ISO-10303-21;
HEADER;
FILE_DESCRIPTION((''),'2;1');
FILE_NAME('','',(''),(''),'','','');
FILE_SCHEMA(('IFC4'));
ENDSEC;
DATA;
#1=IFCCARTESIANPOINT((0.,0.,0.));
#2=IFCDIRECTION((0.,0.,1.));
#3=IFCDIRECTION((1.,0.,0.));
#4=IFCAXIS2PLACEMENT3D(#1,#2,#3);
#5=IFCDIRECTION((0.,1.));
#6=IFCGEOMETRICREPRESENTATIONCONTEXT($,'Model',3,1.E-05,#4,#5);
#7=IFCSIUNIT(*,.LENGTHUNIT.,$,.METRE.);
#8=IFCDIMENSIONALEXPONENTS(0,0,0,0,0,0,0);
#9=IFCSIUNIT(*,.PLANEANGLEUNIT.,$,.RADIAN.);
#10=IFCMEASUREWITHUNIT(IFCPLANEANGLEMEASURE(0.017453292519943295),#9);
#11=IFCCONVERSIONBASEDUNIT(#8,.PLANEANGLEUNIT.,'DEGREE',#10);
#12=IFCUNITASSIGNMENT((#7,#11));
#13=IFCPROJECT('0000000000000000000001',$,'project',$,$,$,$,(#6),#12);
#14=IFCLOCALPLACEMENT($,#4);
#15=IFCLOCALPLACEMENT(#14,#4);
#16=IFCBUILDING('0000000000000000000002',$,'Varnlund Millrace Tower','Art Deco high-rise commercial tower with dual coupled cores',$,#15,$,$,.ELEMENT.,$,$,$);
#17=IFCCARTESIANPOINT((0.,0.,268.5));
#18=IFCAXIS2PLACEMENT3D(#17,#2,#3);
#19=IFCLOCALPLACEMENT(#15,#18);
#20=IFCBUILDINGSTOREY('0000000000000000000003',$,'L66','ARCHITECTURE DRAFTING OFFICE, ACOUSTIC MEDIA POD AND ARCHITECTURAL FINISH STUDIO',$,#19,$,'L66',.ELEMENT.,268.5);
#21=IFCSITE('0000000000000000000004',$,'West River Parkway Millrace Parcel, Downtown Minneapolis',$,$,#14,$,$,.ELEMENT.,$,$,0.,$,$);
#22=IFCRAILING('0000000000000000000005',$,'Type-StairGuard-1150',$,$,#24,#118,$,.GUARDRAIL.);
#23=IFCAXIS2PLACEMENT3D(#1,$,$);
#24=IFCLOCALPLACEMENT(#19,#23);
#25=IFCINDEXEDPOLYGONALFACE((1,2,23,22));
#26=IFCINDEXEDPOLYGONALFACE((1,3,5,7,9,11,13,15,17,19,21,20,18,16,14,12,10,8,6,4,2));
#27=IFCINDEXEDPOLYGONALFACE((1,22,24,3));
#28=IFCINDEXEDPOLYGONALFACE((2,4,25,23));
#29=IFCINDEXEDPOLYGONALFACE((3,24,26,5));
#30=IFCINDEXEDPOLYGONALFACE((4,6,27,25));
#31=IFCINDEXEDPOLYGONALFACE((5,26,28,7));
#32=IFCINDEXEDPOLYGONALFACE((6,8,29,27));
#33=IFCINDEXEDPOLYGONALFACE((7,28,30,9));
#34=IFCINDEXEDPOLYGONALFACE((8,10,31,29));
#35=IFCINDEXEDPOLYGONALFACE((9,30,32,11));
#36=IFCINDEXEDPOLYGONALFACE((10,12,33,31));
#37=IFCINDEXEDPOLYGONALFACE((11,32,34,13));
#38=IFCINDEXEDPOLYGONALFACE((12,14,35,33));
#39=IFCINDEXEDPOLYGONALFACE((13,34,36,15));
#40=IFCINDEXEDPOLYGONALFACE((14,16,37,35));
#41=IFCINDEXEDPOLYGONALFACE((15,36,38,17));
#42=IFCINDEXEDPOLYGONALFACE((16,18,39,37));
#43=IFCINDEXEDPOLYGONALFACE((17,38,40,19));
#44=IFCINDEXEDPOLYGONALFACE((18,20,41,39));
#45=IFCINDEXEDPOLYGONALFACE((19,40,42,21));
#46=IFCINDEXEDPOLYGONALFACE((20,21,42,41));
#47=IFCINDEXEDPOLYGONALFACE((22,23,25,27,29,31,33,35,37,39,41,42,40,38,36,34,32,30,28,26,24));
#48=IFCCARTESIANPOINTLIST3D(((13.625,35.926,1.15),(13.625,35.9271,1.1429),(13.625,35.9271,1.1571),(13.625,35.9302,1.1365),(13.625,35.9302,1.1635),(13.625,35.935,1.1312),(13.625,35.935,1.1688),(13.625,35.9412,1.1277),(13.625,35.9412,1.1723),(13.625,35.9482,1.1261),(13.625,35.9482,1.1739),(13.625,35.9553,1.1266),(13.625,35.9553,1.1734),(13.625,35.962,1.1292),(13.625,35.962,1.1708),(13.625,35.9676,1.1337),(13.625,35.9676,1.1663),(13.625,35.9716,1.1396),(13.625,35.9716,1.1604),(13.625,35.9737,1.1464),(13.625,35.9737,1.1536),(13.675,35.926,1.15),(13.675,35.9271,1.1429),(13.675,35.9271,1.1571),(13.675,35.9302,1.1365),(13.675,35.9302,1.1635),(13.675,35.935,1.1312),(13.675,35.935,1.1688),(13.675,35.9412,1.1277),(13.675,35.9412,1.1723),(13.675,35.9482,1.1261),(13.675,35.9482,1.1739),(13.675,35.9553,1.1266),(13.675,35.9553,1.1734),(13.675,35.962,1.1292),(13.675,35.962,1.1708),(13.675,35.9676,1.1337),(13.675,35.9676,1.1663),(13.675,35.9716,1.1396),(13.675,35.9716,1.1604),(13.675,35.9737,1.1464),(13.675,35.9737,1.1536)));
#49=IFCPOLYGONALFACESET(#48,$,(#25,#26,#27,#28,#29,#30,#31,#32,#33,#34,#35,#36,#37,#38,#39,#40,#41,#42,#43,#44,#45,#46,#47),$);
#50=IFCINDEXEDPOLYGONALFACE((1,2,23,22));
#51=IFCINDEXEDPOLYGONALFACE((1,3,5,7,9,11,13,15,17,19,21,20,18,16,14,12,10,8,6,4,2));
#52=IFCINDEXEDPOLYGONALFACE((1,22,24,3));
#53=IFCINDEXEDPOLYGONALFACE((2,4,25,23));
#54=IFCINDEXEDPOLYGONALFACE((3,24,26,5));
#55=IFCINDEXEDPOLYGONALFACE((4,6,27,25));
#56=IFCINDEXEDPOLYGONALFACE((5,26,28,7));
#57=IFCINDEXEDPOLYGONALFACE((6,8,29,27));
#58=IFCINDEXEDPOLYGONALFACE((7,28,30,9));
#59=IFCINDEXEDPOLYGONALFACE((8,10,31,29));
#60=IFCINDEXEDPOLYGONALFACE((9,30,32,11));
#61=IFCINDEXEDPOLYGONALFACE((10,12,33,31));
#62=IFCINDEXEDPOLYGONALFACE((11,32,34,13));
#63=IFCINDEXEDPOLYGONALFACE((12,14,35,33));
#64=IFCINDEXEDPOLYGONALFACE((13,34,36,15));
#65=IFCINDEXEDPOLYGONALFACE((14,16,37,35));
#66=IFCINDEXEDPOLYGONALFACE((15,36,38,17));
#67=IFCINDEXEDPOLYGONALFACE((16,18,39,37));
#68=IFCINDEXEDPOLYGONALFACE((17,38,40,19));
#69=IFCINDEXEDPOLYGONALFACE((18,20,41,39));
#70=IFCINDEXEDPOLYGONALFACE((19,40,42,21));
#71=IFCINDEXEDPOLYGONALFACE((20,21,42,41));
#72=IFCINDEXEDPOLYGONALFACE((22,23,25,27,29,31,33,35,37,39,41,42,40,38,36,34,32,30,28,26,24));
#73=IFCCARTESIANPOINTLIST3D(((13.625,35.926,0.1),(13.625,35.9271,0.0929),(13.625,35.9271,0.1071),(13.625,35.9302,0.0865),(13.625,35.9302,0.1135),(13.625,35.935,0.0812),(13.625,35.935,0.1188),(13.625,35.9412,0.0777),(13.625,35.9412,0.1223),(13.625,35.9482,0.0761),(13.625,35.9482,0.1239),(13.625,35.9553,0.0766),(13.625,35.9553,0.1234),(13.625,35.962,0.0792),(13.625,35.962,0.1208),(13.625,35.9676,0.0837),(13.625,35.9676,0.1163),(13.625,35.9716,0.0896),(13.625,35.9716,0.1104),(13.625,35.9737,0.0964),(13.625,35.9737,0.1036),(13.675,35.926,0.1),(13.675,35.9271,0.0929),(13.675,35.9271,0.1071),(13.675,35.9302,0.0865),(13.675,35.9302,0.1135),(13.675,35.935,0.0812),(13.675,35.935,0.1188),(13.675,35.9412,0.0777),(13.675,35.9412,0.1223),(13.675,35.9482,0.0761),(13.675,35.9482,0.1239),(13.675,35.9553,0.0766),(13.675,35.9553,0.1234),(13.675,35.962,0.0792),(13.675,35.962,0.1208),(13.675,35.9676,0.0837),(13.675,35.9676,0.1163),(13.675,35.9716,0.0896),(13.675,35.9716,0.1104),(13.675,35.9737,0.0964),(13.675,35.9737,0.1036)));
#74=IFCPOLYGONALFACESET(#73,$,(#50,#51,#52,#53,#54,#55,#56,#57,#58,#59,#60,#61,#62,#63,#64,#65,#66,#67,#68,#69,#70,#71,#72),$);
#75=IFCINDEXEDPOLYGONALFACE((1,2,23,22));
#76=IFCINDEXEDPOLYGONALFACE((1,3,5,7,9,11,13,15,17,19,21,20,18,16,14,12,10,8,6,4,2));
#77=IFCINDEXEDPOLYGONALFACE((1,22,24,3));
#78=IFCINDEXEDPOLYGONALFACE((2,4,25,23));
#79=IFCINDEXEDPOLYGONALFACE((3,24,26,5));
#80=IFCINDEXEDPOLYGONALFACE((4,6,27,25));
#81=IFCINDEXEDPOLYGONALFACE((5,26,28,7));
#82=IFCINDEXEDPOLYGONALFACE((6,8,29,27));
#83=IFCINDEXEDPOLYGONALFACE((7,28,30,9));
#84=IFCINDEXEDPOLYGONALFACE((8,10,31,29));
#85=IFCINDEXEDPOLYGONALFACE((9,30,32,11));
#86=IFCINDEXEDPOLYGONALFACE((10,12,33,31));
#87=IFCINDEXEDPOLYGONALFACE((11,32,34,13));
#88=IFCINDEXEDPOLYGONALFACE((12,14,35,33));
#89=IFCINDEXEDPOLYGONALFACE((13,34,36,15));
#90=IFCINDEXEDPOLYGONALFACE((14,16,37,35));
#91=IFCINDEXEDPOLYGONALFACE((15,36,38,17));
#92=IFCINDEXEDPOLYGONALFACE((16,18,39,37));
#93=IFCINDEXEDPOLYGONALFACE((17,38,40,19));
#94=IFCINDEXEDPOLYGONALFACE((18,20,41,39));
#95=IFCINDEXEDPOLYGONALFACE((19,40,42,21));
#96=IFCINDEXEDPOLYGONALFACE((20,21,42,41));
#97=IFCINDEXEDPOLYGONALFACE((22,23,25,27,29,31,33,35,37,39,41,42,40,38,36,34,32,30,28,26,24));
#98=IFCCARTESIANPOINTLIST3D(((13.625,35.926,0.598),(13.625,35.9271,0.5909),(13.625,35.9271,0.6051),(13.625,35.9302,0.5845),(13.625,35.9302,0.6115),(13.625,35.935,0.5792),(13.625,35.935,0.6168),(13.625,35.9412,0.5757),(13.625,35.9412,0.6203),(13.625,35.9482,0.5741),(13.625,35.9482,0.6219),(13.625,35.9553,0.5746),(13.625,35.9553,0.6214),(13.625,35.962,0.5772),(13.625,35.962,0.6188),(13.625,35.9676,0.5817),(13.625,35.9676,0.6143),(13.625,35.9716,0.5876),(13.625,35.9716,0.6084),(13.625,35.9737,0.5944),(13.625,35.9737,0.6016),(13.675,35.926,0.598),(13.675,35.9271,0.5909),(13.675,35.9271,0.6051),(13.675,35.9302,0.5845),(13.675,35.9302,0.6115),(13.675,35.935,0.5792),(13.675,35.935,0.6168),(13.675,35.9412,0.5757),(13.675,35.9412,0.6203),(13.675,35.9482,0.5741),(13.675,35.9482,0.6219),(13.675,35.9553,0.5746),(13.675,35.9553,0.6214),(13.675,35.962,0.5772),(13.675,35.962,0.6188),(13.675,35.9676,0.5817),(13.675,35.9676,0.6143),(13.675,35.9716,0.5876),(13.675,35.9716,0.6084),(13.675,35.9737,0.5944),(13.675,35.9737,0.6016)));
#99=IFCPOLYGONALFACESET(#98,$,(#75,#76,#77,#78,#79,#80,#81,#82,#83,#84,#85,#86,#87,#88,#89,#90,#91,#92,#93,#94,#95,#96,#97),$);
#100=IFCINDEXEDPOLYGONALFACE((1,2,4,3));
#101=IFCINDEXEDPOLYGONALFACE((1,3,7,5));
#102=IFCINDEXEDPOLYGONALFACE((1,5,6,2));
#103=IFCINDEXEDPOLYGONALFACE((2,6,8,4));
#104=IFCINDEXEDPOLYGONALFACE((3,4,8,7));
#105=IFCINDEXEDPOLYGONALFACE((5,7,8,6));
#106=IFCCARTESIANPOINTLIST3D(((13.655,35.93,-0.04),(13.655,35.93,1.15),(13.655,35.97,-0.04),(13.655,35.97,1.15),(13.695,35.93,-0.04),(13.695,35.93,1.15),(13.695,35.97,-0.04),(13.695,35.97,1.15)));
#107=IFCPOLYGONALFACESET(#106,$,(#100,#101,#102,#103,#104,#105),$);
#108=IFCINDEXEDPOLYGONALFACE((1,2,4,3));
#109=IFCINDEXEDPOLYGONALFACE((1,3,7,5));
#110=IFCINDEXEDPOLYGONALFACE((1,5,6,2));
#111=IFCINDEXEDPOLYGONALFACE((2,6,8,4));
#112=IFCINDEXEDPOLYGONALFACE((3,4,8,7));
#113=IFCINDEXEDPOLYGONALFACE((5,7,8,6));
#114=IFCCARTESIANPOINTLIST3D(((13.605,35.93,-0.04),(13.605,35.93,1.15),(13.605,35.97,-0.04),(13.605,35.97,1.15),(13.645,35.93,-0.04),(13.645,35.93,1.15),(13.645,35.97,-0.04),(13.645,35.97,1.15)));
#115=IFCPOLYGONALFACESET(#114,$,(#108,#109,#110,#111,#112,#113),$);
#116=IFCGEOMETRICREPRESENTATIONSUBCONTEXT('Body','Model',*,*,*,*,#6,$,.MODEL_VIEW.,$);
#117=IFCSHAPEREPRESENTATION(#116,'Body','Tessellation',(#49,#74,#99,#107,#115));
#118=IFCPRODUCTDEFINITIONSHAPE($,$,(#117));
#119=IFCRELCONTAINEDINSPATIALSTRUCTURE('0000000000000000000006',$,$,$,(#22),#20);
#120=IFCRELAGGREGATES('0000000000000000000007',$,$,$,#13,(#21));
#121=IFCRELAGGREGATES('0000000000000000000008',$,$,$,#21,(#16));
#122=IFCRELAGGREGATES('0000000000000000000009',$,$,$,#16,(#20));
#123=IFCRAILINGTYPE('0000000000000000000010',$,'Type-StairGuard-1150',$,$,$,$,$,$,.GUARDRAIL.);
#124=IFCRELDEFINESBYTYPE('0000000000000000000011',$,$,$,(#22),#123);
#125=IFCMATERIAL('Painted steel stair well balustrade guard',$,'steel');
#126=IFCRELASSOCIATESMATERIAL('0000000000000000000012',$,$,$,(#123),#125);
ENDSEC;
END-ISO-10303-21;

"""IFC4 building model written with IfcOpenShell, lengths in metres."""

from ifc_helpers import new_model, entity, si_unit, converted_unit, direction, frame, origin_with_axes, origin_2d_with_axis, place, context, subcontext, project, spatial, rectangle, circle, extrude, material, type_object, element, save


model = new_model("IFC4")

# Units and contexts
model_context = context("Model", 3, precision=1e-05, world=origin_with_axes(), true_north=direction((0.0, 1.0)))
body_context = subcontext(model_context, "Body", "Model", "MODEL_VIEW")
ifc_project = project(units=[si_unit("LENGTHUNIT", "METRE"), converted_unit("PLANEANGLEUNIT", "DEGREE", entity("IfcPlaneAngleMeasure", 0.017453292519943295), si_unit("PLANEANGLEUNIT", "RADIAN"), dimensions=[0, 0, 0, 0, 0, 0, 0])], contexts=[model_context])

# Site, building, storey
site_placement = place(None, origin_with_axes())
site = spatial("IfcSite", under=ifc_project, at=site_placement, Name="West River Parkway Millrace Parcel, Downtown Minneapolis", CompositionType="ELEMENT", RefElevation=0.0)
building_placement = place(site_placement, origin_with_axes())
building = spatial("IfcBuilding", under=site, at=building_placement, Name="Varnlund Millrace Tower", Description="Art Deco high-rise commercial tower with dual coupled cores", CompositionType="ELEMENT")
storey_placement = place(building_placement, frame((0.0, 0.0, 268.5), z_axis=(0.0, 0.0, 1.0), x_axis=(1.0, 0.0, 0.0)))
storey = spatial("IfcBuildingStorey", under=building, at=storey_placement, Name="L66", Description="ARCHITECTURE DRAFTING OFFICE, ACOUSTIC MEDIA POD AND ARCHITECTURAL FINISH STUDIO", LongName="L66", CompositionType="ELEMENT", Elevation=268.5)

# Railing
ifc_material_1 = material(Name="Painted steel stair well balustrade guard", Category="steel")
railing_type_1 = type_object("IfcRailingType", Name="Type-StairGuard-1150", PredefinedType="GUARDRAIL", material=ifc_material_1)
railing_1_placement = place(storey_placement, frame((0.0, 0.0, -268.5), z_axis=(0.0, 0.0, 1.0), x_axis=(1.0, 0.0, 0.0)))
element("IfcRailing", 1, at=railing_1_placement, inside=storey, type_object=railing_type_1, Name="Type-StairGuard-1150", PredefinedType="GUARDRAIL", context=body_context, shape_type="SweptSolid", body=[
    extrude(circle(Radius=0.024, at=origin_2d_with_axis()), frame((13.675, 35.95, 269.65), z_axis=(-1.0, 0.0, 0.0), x_axis=(0.0, -1.0, 0.0)), (0.0, 0.0, 1.0), 0.05),
    extrude(circle(Radius=0.024, at=origin_2d_with_axis()), frame((13.675, 35.95, 268.6), z_axis=(-1.0, 0.0, 0.0), x_axis=(0.0, -1.0, 0.0)), (0.0, 0.0, 1.0), 0.05),
    extrude(circle(Radius=0.024, at=origin_2d_with_axis()), frame((13.675, 35.95, 269.098), z_axis=(-1.0, 0.0, 0.0), x_axis=(0.0, -1.0, 0.0)), (0.0, 0.0, 1.0), 0.05),
    extrude(rectangle(XDim=0.04, YDim=0.04, at=origin_2d_with_axis()), frame((13.675, 35.95, 268.46), z_axis=(0.0, 0.0, 1.0), x_axis=(1.0, 0.0, 0.0)), (0.0, 0.0, 1.0), 1.19),
    extrude(rectangle(XDim=0.04, YDim=0.04, at=origin_2d_with_axis()), frame((13.625, 35.95, 268.46), z_axis=(0.0, 0.0, 1.0), x_axis=(1.0, 0.0, 0.0)), (0.0, 0.0, 1.0), 1.19),
])

save(model, "model.ifc")
